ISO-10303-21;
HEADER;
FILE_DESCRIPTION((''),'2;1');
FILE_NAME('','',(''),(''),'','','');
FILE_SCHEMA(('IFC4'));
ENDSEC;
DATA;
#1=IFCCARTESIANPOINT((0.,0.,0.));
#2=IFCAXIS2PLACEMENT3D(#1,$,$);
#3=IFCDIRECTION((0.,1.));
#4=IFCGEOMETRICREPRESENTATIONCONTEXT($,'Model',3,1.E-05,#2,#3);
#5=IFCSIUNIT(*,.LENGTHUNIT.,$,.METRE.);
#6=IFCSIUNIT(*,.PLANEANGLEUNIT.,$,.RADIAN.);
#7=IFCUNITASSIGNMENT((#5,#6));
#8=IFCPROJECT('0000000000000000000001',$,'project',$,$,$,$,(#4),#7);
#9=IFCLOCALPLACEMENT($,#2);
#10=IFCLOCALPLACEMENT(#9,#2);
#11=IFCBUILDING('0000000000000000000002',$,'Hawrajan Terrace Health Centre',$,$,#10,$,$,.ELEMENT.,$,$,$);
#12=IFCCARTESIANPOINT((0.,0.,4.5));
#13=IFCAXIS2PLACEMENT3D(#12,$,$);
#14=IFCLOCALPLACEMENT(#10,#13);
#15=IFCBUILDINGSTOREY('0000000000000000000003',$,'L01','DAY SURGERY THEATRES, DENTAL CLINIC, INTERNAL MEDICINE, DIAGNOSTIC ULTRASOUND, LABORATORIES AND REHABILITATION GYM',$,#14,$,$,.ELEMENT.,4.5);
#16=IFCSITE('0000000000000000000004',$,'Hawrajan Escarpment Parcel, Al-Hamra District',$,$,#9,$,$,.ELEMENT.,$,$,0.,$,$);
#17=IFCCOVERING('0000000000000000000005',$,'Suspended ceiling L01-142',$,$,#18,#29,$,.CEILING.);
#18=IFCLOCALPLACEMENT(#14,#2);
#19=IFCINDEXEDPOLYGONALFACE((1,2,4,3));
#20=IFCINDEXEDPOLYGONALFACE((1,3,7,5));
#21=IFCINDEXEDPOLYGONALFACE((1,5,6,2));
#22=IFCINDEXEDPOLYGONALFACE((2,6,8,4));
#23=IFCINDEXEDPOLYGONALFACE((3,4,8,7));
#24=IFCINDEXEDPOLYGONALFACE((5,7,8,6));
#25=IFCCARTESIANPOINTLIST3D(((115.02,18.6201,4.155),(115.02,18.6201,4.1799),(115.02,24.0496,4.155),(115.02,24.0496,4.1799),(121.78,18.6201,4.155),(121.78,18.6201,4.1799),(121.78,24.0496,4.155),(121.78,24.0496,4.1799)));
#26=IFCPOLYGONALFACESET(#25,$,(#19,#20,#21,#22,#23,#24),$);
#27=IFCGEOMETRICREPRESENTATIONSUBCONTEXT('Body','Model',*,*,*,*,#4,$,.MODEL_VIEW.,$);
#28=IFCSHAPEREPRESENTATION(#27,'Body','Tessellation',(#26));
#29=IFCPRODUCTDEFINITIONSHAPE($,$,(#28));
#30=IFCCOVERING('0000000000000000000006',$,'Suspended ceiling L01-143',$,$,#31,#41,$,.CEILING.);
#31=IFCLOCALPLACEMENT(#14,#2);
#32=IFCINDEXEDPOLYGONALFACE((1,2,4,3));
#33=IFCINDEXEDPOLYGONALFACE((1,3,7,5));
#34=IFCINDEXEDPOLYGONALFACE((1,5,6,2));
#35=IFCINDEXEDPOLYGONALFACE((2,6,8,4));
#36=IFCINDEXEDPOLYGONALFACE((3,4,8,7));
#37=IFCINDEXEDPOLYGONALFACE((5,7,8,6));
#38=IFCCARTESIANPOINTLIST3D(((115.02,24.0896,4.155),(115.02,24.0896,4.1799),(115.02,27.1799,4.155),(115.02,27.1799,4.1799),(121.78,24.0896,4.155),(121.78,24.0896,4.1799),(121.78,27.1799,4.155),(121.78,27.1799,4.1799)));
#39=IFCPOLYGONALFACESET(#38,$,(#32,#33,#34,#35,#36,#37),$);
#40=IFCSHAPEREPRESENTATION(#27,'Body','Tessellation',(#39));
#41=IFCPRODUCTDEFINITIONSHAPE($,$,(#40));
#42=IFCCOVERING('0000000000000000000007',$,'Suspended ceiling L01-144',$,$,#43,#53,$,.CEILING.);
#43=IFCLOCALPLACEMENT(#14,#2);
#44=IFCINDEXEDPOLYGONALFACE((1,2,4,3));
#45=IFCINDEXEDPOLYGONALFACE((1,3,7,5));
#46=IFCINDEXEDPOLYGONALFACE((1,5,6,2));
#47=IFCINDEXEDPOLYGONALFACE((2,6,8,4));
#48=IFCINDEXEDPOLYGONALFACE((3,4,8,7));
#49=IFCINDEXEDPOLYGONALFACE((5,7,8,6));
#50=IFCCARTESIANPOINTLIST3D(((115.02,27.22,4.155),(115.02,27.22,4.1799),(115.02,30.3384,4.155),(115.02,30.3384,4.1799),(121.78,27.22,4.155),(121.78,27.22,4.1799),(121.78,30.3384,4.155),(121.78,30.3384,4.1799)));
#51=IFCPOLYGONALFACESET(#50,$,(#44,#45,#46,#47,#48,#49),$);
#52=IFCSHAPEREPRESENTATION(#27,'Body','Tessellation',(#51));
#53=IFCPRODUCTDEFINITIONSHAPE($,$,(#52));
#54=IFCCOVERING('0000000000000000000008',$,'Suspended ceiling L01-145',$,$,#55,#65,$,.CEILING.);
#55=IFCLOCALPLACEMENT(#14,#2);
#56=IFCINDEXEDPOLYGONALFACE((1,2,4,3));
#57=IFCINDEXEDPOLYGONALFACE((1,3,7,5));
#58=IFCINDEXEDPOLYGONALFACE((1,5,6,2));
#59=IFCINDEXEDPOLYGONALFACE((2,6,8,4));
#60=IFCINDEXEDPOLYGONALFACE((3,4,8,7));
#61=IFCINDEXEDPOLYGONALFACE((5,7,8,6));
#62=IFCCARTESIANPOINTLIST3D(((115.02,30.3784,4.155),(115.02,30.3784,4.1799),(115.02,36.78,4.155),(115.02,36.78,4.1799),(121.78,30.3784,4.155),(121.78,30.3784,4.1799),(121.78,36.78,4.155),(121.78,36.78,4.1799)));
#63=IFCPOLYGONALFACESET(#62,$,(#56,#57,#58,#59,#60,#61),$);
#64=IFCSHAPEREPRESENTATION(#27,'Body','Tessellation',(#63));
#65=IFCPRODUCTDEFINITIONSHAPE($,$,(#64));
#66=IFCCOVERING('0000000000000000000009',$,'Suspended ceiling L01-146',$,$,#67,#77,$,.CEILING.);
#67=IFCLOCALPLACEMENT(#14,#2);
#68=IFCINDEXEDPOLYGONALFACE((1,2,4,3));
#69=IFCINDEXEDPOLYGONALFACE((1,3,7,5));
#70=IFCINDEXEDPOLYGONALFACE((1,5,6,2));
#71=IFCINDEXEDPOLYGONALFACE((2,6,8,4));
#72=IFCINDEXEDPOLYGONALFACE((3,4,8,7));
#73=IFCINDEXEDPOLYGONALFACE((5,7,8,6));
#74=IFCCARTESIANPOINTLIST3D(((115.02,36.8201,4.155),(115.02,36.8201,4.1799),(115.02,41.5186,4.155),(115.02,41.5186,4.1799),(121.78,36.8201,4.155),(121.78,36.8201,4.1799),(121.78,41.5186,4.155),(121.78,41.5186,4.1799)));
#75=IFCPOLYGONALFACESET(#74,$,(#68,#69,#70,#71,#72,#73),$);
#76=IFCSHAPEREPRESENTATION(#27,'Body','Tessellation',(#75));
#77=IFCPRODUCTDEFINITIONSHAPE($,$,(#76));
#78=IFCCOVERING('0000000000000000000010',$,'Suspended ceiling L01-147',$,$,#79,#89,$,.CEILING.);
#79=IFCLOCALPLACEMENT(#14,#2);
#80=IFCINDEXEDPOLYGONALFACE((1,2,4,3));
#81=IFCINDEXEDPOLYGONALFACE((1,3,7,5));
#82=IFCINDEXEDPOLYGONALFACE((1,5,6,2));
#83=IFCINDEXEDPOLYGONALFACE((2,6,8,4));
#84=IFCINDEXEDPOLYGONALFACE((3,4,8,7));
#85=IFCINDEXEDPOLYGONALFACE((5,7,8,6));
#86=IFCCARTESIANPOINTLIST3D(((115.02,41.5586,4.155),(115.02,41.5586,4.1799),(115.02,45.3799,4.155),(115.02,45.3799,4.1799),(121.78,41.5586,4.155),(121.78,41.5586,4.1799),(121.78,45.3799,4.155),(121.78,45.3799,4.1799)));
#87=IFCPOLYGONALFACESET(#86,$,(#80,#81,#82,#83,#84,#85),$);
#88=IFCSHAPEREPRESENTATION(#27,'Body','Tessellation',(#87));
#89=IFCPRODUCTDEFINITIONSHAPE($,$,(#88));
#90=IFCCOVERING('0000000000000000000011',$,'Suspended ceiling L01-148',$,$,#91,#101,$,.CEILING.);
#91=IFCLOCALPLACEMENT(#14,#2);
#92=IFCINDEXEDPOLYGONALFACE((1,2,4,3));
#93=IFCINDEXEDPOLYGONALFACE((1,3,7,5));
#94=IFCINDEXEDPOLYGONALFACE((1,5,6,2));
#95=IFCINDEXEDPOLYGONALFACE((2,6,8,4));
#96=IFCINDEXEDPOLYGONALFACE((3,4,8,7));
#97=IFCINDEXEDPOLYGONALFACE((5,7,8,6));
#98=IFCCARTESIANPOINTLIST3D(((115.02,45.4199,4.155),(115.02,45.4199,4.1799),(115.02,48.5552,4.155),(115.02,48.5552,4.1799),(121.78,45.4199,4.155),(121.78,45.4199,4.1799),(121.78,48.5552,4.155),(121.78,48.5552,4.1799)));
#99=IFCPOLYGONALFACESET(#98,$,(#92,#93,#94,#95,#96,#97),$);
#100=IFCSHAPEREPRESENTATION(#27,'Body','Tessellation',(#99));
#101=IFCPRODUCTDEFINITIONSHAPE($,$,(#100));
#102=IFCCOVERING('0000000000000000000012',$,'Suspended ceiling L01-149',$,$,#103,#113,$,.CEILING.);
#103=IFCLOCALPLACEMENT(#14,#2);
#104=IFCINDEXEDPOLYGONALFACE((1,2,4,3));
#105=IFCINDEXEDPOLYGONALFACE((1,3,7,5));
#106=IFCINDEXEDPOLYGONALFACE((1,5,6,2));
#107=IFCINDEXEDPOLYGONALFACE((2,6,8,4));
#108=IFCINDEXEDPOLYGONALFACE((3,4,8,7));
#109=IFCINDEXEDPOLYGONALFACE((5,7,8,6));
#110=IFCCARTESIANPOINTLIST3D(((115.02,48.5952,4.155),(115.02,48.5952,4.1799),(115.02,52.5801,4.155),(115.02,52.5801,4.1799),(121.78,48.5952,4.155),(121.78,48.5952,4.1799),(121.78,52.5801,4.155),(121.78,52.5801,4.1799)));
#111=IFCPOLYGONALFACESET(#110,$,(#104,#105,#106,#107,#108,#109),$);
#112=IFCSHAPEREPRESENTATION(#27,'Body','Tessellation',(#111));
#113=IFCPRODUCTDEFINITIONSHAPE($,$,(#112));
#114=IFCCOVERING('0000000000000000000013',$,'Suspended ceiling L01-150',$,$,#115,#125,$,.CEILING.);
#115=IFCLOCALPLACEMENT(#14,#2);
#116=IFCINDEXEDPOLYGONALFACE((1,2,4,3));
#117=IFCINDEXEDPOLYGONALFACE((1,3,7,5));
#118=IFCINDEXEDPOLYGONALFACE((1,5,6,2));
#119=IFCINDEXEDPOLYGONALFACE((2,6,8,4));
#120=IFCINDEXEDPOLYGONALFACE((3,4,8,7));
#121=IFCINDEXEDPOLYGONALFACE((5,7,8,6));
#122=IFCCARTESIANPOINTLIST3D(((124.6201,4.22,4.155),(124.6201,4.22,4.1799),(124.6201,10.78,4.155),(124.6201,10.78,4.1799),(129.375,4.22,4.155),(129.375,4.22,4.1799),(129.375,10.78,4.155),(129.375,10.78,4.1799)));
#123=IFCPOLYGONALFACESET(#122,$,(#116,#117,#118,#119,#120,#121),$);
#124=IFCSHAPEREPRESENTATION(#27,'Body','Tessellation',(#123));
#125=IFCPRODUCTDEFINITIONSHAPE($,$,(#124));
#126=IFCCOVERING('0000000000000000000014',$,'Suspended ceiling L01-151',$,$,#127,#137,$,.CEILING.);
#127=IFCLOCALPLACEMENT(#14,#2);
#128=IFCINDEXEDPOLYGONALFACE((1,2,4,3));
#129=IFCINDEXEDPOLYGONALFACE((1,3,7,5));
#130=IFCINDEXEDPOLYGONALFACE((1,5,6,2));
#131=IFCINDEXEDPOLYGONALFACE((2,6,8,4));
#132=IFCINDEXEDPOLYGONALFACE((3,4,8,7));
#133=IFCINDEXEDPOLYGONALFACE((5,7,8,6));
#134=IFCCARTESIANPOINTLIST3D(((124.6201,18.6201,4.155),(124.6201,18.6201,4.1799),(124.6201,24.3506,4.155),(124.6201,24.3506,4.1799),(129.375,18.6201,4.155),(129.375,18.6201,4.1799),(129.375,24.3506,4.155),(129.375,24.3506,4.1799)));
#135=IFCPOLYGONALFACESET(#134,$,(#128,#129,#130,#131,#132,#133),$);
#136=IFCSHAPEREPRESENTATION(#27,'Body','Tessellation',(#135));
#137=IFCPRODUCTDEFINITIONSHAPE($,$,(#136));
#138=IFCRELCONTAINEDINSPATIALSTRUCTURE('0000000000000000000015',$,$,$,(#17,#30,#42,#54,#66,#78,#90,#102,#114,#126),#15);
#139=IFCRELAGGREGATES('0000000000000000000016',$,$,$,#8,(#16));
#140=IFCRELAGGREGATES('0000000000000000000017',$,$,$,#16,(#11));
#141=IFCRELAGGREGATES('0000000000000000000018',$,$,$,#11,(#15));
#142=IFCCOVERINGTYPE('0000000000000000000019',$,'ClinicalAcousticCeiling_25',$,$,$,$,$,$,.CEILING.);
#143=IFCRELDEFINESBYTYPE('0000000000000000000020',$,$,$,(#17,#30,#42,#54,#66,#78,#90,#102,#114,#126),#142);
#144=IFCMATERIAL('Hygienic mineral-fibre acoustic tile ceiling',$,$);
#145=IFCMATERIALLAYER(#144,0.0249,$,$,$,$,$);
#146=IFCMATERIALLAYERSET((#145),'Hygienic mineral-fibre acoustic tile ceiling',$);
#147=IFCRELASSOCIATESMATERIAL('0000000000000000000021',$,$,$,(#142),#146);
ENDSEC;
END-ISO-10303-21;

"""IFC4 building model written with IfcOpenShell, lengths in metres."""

from ifc_helpers import new_model, si_unit, direction, frame, origin, place, context, subcontext, project, spatial, polyline, outline, extrude, material, layer, layer_set, type_object, element, save


model = new_model("IFC4")

# Units and contexts
model_context = context("Model", 3, precision=1e-05, world=origin(), true_north=direction((0.0, 1.0)))
body_context = subcontext(model_context, "Body", "Model", "MODEL_VIEW")
ifc_project = project(units=[si_unit("LENGTHUNIT", "METRE"), si_unit("PLANEANGLEUNIT", "RADIAN")], contexts=[model_context])

# Site, building, storey
site_placement = place(None, origin())
site = spatial("IfcSite", under=ifc_project, at=site_placement, Name="Hawrajan Escarpment Parcel, Al-Hamra District", CompositionType="ELEMENT", RefElevation=0.0)
building_placement = place(site_placement, origin())
building = spatial("IfcBuilding", under=site, at=building_placement, Name="Hawrajan Terrace Health Centre", CompositionType="ELEMENT")
storey_placement = place(building_placement, frame((0.0, 0.0, 4.5)))
storey = spatial("IfcBuildingStorey", under=building, at=storey_placement, Name="L01", Description="DAY SURGERY THEATRES, DENTAL CLINIC, INTERNAL MEDICINE, DIAGNOSTIC ULTRASOUND, LABORATORIES AND REHABILITATION GYM", CompositionType="ELEMENT", Elevation=4.5)

# Coverings
ifc_material = material(Name="Hygienic mineral-fibre acoustic tile ceiling")
ifc_layer = layer(ifc_material, 0.0249)
ifc_layer_set = layer_set([ifc_layer], Name="Hygienic mineral-fibre acoustic tile ceiling")
covering_type = type_object("IfcCoveringType", Name="ClinicalAcousticCeiling_25", PredefinedType="CEILING", material=ifc_layer_set)
covering_1_placement = place(storey_placement, frame((0.0, 0.0, 4.155)))
element("IfcCovering", 1, at=covering_1_placement, inside=storey, type_object=covering_type, Name="Suspended ceiling L01-142", PredefinedType="CEILING", context=body_context, shape_type="SweptSolid", body=[
    extrude(outline(polyline([(115.02, 24.0496), (121.78, 24.0496), (121.78, 18.6201), (115.02, 18.6201), (115.02, 24.0496)])), origin(), (0.0, 0.0, 1.0), 0.0249),
])
covering_2_placement = place(storey_placement, frame((0.0, 0.0, 4.155)))
element("IfcCovering", 2, at=covering_2_placement, inside=storey, type_object=covering_type, Name="Suspended ceiling L01-143", PredefinedType="CEILING", context=body_context, shape_type="SweptSolid", body=[
    extrude(outline(polyline([(115.02, 27.1799), (121.78, 27.1799), (121.78, 24.0896), (115.02, 24.0896), (115.02, 27.1799)])), origin(), (0.0, 0.0, 1.0), 0.0249),
])
covering_3_placement = place(storey_placement, frame((0.0, 0.0, 4.155)))
element("IfcCovering", 3, at=covering_3_placement, inside=storey, type_object=covering_type, Name="Suspended ceiling L01-144", PredefinedType="CEILING", context=body_context, shape_type="SweptSolid", body=[
    extrude(outline(polyline([(115.02, 30.3384), (121.78, 30.3384), (121.78, 27.22), (115.02, 27.22), (115.02, 30.3384)])), origin(), (0.0, 0.0, 1.0), 0.0249),
])
covering_4_placement = place(storey_placement, frame((0.0, 0.0, 4.155)))
element("IfcCovering", 4, at=covering_4_placement, inside=storey, type_object=covering_type, Name="Suspended ceiling L01-145", PredefinedType="CEILING", context=body_context, shape_type="SweptSolid", body=[
    extrude(outline(polyline([(115.02, 36.78), (121.78, 36.78), (121.78, 30.3784), (115.02, 30.3784), (115.02, 36.78)])), origin(), (0.0, 0.0, 1.0), 0.0249),
])
covering_5_placement = place(storey_placement, frame((0.0, 0.0, 4.155)))
element("IfcCovering", 5, at=covering_5_placement, inside=storey, type_object=covering_type, Name="Suspended ceiling L01-146", PredefinedType="CEILING", context=body_context, shape_type="SweptSolid", body=[
    extrude(outline(polyline([(115.02, 41.5186), (121.78, 41.5186), (121.78, 36.8201), (115.02, 36.8201), (115.02, 41.5186)])), origin(), (0.0, 0.0, 1.0), 0.0249),
])
covering_6_placement = place(storey_placement, frame((0.0, 0.0, 4.155)))
element("IfcCovering", 6, at=covering_6_placement, inside=storey, type_object=covering_type, Name="Suspended ceiling L01-147", PredefinedType="CEILING", context=body_context, shape_type="SweptSolid", body=[
    extrude(outline(polyline([(115.02, 45.3799), (121.78, 45.3799), (121.78, 41.5586), (115.02, 41.5586), (115.02, 45.3799)])), origin(), (0.0, 0.0, 1.0), 0.0249),
])
covering_7_placement = place(storey_placement, frame((0.0, 0.0, 4.155)))
element("IfcCovering", 7, at=covering_7_placement, inside=storey, type_object=covering_type, Name="Suspended ceiling L01-148", PredefinedType="CEILING", context=body_context, shape_type="SweptSolid", body=[
    extrude(outline(polyline([(115.02, 48.5552), (121.78, 48.5552), (121.78, 45.4199), (115.02, 45.4199), (115.02, 48.5552)])), origin(), (0.0, 0.0, 1.0), 0.0249),
])
covering_8_placement = place(storey_placement, frame((0.0, 0.0, 4.155)))
element("IfcCovering", 8, at=covering_8_placement, inside=storey, type_object=covering_type, Name="Suspended ceiling L01-149", PredefinedType="CEILING", context=body_context, shape_type="SweptSolid", body=[
    extrude(outline(polyline([(115.02, 52.5801), (121.78, 52.5801), (121.78, 48.5952), (115.02, 48.5952), (115.02, 52.5801)])), origin(), (0.0, 0.0, 1.0), 0.0249),
])
covering_9_placement = place(storey_placement, frame((0.0, 0.0, 4.155)))
element("IfcCovering", 9, at=covering_9_placement, inside=storey, type_object=covering_type, Name="Suspended ceiling L01-150", PredefinedType="CEILING", context=body_context, shape_type="SweptSolid", body=[
    extrude(outline(polyline([(124.6201, 10.78), (129.375, 10.78), (129.375, 4.22), (124.6201, 4.22), (124.6201, 10.78)])), origin(), (0.0, 0.0, 1.0), 0.0249),
])
covering_10_placement = place(storey_placement, frame((0.0, 0.0, 4.155)))
element("IfcCovering", 10, at=covering_10_placement, inside=storey, type_object=covering_type, Name="Suspended ceiling L01-151", PredefinedType="CEILING", context=body_context, shape_type="SweptSolid", body=[
    extrude(outline(polyline([(124.6201, 24.3506), (129.375, 24.3506), (129.375, 18.6201), (124.6201, 18.6201), (124.6201, 24.3506)])), origin(), (0.0, 0.0, 1.0), 0.0249),
])

save(model, "model.ifc")
